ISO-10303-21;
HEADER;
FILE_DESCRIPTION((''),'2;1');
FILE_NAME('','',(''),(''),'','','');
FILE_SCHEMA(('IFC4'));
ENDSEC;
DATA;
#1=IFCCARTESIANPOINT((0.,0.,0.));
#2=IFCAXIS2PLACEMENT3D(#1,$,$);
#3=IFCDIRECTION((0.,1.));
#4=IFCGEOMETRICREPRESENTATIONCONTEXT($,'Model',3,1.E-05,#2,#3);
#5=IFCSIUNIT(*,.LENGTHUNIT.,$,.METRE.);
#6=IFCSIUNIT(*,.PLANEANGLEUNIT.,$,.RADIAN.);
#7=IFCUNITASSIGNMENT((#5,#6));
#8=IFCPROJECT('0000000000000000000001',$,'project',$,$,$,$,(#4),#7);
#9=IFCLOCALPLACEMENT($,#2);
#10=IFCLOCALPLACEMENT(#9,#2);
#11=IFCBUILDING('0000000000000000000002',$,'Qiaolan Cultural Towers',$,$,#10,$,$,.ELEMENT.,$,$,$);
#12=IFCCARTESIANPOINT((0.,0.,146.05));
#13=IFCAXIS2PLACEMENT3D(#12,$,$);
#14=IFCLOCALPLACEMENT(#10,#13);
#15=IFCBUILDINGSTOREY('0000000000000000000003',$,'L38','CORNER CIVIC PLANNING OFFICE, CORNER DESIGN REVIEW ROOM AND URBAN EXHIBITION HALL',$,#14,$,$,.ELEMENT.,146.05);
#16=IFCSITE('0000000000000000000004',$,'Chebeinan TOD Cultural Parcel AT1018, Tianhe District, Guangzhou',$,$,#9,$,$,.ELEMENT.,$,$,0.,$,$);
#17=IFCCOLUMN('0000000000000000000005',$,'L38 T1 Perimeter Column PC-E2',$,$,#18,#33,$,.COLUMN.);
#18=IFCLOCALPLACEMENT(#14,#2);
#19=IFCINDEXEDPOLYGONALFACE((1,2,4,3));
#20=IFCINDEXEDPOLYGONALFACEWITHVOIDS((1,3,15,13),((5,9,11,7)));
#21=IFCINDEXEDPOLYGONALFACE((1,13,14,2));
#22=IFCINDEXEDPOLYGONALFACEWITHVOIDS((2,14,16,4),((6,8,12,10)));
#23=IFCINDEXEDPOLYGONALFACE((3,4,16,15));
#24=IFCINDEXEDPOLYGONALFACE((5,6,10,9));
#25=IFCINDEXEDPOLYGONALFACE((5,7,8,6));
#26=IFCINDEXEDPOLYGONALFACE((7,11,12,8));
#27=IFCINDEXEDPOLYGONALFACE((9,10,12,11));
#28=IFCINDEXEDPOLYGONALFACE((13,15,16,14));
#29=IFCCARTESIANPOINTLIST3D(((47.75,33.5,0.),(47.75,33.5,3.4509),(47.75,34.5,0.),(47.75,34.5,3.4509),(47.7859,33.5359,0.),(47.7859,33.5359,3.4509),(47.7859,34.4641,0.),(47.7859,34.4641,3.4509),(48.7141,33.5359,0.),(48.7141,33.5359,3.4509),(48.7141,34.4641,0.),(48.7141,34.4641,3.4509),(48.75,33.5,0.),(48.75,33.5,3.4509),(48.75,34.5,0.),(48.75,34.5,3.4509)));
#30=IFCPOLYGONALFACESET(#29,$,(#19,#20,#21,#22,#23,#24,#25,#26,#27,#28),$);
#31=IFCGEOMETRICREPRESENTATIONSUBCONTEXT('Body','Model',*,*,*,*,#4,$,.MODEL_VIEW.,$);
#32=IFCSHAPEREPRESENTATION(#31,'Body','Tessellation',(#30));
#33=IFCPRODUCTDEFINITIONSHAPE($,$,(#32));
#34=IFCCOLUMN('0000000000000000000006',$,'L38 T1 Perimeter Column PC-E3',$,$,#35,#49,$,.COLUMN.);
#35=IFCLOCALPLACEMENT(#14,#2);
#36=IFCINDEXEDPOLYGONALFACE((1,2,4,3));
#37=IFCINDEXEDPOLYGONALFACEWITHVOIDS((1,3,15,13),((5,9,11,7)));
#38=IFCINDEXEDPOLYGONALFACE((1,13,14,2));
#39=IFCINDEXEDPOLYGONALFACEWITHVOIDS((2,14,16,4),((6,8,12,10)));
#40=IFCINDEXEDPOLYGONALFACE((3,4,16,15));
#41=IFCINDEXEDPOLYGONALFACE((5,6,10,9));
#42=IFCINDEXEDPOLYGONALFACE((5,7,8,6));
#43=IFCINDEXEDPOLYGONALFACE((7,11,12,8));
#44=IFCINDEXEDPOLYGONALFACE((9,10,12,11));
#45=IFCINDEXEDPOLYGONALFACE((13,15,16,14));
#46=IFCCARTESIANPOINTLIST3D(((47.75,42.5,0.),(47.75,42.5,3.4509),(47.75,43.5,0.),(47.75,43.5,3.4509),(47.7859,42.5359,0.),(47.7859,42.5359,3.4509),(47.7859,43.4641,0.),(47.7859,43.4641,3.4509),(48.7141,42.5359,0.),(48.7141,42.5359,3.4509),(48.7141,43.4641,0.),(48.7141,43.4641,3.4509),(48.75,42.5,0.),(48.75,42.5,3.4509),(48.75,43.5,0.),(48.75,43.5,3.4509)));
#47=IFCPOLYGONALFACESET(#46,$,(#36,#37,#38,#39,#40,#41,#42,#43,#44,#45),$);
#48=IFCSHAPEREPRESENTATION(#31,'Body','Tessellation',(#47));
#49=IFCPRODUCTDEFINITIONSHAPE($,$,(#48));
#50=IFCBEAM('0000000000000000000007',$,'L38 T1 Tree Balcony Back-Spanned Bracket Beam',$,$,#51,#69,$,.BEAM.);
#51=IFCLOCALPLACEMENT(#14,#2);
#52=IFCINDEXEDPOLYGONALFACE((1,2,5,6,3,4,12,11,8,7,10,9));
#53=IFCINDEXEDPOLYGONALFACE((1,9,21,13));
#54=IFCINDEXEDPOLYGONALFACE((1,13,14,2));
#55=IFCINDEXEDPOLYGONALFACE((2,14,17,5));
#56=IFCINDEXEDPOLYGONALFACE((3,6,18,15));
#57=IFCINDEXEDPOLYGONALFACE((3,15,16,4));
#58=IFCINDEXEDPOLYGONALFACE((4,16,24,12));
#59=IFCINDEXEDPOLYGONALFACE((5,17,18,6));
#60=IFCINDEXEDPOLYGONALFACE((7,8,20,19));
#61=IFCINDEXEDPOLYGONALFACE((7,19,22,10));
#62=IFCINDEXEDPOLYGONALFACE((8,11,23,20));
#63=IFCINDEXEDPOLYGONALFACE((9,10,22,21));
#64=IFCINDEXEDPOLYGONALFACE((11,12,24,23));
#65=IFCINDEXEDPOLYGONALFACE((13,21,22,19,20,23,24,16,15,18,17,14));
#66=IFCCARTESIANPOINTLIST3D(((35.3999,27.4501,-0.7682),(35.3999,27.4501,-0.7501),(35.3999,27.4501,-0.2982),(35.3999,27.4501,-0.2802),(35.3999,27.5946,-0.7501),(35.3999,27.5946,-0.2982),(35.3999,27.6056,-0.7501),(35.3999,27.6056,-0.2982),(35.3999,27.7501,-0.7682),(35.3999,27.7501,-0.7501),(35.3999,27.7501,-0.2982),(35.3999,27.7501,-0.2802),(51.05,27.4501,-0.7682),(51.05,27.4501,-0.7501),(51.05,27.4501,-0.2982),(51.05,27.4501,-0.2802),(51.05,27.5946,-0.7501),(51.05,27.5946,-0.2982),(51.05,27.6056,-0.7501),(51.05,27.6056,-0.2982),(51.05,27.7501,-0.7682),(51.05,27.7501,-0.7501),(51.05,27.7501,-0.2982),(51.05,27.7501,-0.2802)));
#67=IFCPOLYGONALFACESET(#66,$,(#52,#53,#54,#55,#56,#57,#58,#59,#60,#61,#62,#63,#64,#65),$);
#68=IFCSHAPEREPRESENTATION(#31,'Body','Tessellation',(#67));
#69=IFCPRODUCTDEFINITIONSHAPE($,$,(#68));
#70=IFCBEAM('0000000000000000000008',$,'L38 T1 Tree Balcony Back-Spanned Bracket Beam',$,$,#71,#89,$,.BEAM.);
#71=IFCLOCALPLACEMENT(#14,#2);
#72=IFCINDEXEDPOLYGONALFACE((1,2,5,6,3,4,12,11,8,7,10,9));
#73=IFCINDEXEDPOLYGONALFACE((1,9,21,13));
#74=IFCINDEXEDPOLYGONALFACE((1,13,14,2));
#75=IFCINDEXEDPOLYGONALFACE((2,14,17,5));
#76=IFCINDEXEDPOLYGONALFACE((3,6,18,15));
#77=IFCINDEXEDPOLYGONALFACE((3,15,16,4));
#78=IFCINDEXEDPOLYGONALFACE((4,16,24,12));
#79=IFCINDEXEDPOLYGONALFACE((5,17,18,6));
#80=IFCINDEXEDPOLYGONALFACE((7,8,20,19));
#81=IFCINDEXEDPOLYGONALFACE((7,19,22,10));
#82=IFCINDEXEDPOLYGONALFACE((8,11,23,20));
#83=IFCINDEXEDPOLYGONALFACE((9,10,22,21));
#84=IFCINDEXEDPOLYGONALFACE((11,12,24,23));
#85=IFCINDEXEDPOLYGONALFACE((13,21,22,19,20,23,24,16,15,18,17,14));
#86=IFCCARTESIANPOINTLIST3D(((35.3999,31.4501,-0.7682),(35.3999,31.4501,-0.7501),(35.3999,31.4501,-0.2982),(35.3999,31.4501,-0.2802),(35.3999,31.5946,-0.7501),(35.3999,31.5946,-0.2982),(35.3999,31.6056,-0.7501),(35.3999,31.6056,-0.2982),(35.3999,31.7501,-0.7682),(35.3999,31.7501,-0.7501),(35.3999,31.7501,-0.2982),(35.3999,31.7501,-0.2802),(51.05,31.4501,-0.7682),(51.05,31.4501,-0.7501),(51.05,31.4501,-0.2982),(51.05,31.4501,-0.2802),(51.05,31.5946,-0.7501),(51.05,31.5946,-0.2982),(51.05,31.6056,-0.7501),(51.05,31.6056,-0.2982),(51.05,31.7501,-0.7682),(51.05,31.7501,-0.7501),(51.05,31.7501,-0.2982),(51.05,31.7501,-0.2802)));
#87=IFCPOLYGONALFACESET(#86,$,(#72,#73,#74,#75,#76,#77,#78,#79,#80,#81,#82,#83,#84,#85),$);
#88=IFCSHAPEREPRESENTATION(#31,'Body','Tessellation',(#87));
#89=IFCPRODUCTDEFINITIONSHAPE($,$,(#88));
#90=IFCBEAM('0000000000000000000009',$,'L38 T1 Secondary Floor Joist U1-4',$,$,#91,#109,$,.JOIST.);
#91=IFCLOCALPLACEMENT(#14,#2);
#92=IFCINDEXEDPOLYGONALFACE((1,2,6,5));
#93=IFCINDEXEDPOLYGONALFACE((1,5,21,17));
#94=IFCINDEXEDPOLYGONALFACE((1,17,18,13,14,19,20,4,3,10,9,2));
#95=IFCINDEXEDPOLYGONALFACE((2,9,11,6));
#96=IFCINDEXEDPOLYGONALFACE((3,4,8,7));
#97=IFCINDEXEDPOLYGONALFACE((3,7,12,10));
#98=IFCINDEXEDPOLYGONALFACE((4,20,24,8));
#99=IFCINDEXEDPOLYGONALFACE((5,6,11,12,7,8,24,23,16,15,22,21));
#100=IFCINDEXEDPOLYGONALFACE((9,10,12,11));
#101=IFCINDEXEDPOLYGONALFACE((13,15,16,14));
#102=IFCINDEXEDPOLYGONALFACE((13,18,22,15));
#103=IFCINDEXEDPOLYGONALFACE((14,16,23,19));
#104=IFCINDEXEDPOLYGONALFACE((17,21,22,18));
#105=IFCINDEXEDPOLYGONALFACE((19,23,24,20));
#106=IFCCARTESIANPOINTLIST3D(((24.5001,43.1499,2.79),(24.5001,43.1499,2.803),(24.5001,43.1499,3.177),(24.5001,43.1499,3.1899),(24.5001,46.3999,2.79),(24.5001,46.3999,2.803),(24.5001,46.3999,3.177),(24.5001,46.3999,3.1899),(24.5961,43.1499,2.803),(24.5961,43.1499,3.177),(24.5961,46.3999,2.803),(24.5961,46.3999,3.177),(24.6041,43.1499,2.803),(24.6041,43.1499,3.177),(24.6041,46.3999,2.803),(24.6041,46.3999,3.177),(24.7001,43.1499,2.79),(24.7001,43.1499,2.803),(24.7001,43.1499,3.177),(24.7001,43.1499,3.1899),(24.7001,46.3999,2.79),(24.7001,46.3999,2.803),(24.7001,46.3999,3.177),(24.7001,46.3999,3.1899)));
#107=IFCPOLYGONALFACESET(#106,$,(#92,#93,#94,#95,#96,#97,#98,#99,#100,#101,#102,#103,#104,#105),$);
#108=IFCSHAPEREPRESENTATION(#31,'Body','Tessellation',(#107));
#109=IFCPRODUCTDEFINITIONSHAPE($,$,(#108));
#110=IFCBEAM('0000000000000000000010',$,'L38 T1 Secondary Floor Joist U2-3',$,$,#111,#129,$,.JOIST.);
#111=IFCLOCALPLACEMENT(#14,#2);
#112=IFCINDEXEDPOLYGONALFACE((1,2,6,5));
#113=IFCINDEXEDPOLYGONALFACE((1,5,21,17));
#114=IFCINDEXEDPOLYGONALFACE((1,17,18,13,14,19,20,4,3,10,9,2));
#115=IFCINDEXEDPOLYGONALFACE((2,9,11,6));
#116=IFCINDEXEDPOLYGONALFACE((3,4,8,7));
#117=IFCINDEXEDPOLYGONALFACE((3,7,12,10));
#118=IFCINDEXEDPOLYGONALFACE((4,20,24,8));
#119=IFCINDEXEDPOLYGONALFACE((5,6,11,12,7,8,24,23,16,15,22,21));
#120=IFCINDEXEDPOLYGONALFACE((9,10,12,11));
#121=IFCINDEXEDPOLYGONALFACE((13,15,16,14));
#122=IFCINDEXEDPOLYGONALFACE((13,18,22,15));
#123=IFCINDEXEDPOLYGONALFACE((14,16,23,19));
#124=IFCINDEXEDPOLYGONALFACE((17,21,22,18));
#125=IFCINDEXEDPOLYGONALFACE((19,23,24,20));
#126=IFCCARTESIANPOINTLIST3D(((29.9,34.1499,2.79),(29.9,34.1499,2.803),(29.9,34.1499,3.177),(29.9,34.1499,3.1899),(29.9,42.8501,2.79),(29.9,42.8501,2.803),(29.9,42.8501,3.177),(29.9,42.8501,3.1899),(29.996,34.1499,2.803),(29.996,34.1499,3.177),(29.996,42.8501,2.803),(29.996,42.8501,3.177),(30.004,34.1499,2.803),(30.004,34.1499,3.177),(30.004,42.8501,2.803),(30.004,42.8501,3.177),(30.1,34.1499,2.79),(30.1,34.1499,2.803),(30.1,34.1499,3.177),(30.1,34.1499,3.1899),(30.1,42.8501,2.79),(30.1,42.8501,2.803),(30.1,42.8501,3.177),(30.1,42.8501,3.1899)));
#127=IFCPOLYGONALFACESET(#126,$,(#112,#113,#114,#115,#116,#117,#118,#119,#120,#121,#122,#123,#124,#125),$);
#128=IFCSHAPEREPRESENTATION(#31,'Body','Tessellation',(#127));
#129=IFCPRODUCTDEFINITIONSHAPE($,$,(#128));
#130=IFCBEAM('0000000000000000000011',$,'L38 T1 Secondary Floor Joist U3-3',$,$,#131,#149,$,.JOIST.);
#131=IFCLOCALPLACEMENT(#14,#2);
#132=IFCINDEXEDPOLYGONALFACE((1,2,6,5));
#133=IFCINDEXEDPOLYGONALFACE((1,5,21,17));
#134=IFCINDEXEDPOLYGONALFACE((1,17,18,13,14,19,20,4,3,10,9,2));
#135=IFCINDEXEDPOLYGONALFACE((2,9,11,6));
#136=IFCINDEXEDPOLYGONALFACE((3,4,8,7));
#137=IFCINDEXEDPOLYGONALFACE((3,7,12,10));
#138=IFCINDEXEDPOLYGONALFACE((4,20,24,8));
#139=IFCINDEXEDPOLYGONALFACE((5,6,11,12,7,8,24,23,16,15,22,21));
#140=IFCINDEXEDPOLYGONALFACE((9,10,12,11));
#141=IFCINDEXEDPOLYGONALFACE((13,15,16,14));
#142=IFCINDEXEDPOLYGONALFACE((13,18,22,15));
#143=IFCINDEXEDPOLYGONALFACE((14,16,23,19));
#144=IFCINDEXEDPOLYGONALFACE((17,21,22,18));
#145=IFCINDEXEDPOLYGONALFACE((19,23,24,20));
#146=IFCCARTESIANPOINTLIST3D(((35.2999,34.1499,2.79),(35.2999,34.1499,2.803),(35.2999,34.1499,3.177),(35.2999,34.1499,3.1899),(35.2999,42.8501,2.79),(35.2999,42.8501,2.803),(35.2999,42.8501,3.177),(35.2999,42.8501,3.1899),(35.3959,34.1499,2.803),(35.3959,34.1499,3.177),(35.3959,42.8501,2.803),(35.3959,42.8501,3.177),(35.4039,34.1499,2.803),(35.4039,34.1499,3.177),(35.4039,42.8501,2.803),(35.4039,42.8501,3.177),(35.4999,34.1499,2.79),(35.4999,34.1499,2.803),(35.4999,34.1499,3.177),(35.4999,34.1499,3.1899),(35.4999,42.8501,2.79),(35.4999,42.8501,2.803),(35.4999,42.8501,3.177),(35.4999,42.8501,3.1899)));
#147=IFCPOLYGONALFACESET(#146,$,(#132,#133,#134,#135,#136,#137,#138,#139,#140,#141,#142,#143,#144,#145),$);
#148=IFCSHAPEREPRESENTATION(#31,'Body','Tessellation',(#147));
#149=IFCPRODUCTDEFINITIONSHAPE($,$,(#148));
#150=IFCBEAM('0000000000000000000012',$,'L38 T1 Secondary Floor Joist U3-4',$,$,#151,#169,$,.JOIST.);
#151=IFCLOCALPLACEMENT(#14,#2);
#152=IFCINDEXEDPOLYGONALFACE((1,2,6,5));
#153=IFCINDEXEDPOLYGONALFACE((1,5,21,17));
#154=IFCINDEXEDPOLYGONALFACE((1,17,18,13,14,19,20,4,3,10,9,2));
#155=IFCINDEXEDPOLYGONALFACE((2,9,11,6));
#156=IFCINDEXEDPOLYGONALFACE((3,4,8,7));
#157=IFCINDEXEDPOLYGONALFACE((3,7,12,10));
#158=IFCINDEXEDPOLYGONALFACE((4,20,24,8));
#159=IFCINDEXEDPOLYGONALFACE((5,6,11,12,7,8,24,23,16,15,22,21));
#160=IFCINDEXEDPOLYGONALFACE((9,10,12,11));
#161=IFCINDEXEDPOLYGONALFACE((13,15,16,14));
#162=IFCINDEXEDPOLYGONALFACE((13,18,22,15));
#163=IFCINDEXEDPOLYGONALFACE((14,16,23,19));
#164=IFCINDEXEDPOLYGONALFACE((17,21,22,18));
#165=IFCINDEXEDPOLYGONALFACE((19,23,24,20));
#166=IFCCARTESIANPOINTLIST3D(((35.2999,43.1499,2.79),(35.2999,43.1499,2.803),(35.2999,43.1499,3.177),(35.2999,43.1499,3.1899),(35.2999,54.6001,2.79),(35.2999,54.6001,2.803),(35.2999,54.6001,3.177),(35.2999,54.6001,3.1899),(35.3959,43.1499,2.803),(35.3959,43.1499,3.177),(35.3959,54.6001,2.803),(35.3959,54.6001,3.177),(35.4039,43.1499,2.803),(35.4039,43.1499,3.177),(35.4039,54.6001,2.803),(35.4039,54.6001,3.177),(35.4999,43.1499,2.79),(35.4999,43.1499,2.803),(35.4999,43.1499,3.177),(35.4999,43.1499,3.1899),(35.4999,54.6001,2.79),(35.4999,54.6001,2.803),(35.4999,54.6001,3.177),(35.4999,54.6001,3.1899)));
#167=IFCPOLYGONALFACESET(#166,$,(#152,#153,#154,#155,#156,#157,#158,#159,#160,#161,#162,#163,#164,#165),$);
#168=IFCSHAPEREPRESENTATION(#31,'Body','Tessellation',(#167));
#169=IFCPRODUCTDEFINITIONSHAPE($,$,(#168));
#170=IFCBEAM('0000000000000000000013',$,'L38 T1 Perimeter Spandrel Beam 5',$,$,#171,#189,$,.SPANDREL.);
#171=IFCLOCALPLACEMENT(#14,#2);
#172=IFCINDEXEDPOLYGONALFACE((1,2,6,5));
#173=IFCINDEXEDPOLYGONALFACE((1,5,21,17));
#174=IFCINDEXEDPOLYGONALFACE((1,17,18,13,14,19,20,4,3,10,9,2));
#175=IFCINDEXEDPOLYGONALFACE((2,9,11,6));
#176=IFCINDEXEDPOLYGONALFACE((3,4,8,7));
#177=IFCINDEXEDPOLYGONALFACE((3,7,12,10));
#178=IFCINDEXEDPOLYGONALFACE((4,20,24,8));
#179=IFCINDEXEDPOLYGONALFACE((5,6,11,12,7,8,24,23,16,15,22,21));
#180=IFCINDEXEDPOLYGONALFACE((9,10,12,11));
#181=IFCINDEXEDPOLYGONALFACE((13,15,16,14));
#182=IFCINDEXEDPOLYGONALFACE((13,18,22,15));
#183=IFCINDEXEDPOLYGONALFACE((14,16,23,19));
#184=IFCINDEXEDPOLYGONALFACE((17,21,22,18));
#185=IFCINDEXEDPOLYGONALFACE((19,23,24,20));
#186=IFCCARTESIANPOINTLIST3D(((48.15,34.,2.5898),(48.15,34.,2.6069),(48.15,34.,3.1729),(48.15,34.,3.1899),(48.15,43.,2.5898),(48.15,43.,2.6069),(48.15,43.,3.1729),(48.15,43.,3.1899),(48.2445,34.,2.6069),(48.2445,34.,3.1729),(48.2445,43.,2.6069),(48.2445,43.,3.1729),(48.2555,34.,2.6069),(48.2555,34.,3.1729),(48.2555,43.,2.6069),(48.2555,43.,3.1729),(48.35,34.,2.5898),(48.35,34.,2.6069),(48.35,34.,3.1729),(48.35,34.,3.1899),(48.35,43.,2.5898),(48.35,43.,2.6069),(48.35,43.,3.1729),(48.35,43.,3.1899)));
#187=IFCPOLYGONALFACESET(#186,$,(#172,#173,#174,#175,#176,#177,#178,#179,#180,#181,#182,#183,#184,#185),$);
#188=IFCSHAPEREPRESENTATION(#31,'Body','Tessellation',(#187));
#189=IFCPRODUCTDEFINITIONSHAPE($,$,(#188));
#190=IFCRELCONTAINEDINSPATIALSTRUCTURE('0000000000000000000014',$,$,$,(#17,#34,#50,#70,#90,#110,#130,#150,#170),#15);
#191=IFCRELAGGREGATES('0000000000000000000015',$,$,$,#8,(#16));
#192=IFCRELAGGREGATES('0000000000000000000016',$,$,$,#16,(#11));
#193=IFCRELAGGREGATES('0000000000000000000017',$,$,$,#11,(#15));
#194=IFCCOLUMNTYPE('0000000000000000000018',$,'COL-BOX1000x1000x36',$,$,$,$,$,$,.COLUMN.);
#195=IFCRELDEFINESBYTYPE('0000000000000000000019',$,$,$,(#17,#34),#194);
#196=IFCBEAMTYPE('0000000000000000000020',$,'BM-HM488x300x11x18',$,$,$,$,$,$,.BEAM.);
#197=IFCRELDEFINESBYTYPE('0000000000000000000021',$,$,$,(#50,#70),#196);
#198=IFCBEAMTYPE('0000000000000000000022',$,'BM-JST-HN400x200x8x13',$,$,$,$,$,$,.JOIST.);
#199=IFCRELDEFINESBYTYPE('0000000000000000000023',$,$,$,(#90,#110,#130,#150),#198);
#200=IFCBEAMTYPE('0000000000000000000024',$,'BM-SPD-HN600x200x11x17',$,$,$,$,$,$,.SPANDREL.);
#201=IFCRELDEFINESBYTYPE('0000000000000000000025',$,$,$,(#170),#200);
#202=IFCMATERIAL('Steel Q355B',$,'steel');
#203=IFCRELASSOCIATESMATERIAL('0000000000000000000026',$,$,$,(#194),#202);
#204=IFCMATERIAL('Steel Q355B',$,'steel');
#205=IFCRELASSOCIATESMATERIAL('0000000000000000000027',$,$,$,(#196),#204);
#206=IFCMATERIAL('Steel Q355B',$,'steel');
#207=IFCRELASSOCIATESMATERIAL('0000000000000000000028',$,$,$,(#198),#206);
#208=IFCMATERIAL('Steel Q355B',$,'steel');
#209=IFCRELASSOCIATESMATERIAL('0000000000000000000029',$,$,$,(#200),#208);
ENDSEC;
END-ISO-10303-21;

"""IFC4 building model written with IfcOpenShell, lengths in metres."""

from ifc_helpers import new_model, si_unit, direction, frame, origin, origin_2d, place, context, subcontext, project, spatial, hollow_rectangle, i_section, extrude, material, material_profile, profile_set, type_object, element, save


model = new_model("IFC4")

# Units and contexts
model_context = context("Model", 3, precision=1e-05, world=origin(), true_north=direction((0.0, 1.0)))
body_context = subcontext(model_context, "Body", "Model", "MODEL_VIEW")
ifc_project = project(units=[si_unit("LENGTHUNIT", "METRE"), si_unit("PLANEANGLEUNIT", "RADIAN")], contexts=[model_context])

# Site, building, storey
site_placement = place(None, origin())
site = spatial("IfcSite", under=ifc_project, at=site_placement, Name="Chebeinan TOD Cultural Parcel AT1018, Tianhe District, Guangzhou", CompositionType="ELEMENT", RefElevation=0.0)
building_placement = place(site_placement, origin())
building = spatial("IfcBuilding", under=site, at=building_placement, Name="Qiaolan Cultural Towers", CompositionType="ELEMENT")
storey_placement = place(building_placement, frame((0.0, 0.0, 146.05)))
storey = spatial("IfcBuildingStorey", under=building, at=storey_placement, Name="L38", Description="CORNER CIVIC PLANNING OFFICE, CORNER DESIGN REVIEW ROOM AND URBAN EXHIBITION HALL", CompositionType="ELEMENT", Elevation=146.05)

# Columns
ifc_material_1 = material(Name="Steel Q355B", Category="steel")
ifc_material_profile_1 = material_profile(ifc_material_1, hollow_rectangle(XDim=1.0, YDim=1.0, WallThickness=0.0359, at=origin_2d()), Name="BOX1000x1000x36")
ifc_profile_set_1 = profile_set([ifc_material_profile_1], Name="Steel Q355B")
column_type = type_object("IfcColumnType", Name="COL-BOX1000x1000x36", PredefinedType="COLUMN", material=ifc_profile_set_1)
for number, where, z_axis, x_axis, name in (
    (1, (48.25, 34.0, 0.0), (0.0, 0.0, 1.0), (1.0, 0.0, 0.0), "L38 T1 Perimeter Column PC-E2"),
    (2, (48.25, 43.0, 0.0), (0.0, 0.0, 1.0), (1.0, 0.0, 0.0), "L38 T1 Perimeter Column PC-E3"),
):
    element("IfcColumn", number, at=place(storey_placement, frame(where, z_axis=z_axis, x_axis=x_axis)), inside=storey, type_object=column_type, Name=name, PredefinedType="COLUMN", context=body_context, shape_type="SweptSolid", body=[
        extrude(hollow_rectangle(XDim=1.0, YDim=1.0, WallThickness=0.0359, at=origin_2d()), origin(), (0.0, 0.0, 1.0), 3.4509),
    ])

# Beams
ifc_material_2 = material(Name="Steel Q355B", Category="steel")
ifc_material_profile_2 = material_profile(ifc_material_2, i_section(OverallWidth=0.3, OverallDepth=0.488, WebThickness=0.011, FlangeThickness=0.0181, at=origin_2d()), Name="HM488x300x11x18")
ifc_profile_set_2 = profile_set([ifc_material_profile_2], Name="Steel Q355B")
beam_type_1 = type_object("IfcBeamType", Name="BM-HM488x300x11x18", PredefinedType="BEAM", material=ifc_profile_set_2)
for number, where, z_axis, x_axis, name in (
    (3, (35.3999, 27.6001, -0.5242), (1.0, 0.0, 0.0), (0.0, 1.0, 0.0), "L38 T1 Tree Balcony Back-Spanned Bracket Beam"),
    (4, (35.3999, 31.6001, -0.5242), (1.0, 0.0, 0.0), (0.0, 1.0, 0.0), "L38 T1 Tree Balcony Back-Spanned Bracket Beam"),
):
    element("IfcBeam", number, at=place(storey_placement, frame(where, z_axis=z_axis, x_axis=x_axis)), inside=storey, type_object=beam_type_1, Name=name, PredefinedType="BEAM", context=body_context, shape_type="SweptSolid", body=[
        extrude(i_section(OverallWidth=0.3, OverallDepth=0.488, WebThickness=0.011, FlangeThickness=0.0181, at=origin_2d()), origin(), (0.0, 0.0, 1.0), 15.6501),
    ])
ifc_material_3 = material(Name="Steel Q355B", Category="steel")
ifc_material_profile_3 = material_profile(ifc_material_3, i_section(OverallWidth=0.2, OverallDepth=0.3999, WebThickness=0.0081, FlangeThickness=0.0129, at=origin_2d()), Name="HN400x200x8x13")
ifc_profile_set_3 = profile_set([ifc_material_profile_3], Name="Steel Q355B")
beam_type_2 = type_object("IfcBeamType", Name="BM-JST-HN400x200x8x13", PredefinedType="JOIST", material=ifc_profile_set_3)
beam_1_placement = place(storey_placement, frame((24.6001, 43.1499, 2.99), z_axis=(0.0, 1.0, 0.0), x_axis=(-1.0, 0.0, 0.0)))
element("IfcBeam", 5, at=beam_1_placement, inside=storey, type_object=beam_type_2, Name="L38 T1 Secondary Floor Joist U1-4", PredefinedType="JOIST", context=body_context, shape_type="SweptSolid", body=[
    extrude(i_section(OverallWidth=0.2, OverallDepth=0.3999, WebThickness=0.0081, FlangeThickness=0.0129, at=origin_2d()), origin(), (0.0, 0.0, 1.0), 3.25),
])
for number, where, z_axis, x_axis, name in (
    (6, (30.0, 34.1499, 2.99), (0.0, 1.0, 0.0), (-1.0, 0.0, 0.0), "L38 T1 Secondary Floor Joist U2-3"),
    (7, (35.3999, 34.1499, 2.99), (0.0, 1.0, 0.0), (-1.0, 0.0, 0.0), "L38 T1 Secondary Floor Joist U3-3"),
):
    element("IfcBeam", number, at=place(storey_placement, frame(where, z_axis=z_axis, x_axis=x_axis)), inside=storey, type_object=beam_type_2, Name=name, PredefinedType="JOIST", context=body_context, shape_type="SweptSolid", body=[
        extrude(i_section(OverallWidth=0.2, OverallDepth=0.3999, WebThickness=0.0081, FlangeThickness=0.0129, at=origin_2d()), origin(), (0.0, 0.0, 1.0), 8.7002),
    ])
beam_2_placement = place(storey_placement, frame((35.3999, 43.1499, 2.99), z_axis=(0.0, 1.0, 0.0), x_axis=(-1.0, 0.0, 0.0)))
element("IfcBeam", 8, at=beam_2_placement, inside=storey, type_object=beam_type_2, Name="L38 T1 Secondary Floor Joist U3-4", PredefinedType="JOIST", context=body_context, shape_type="SweptSolid", body=[
    extrude(i_section(OverallWidth=0.2, OverallDepth=0.3999, WebThickness=0.0081, FlangeThickness=0.0129, at=origin_2d()), origin(), (0.0, 0.0, 1.0), 11.4502),
])
ifc_material_4 = material(Name="Steel Q355B", Category="steel")
ifc_material_profile_4 = material_profile(ifc_material_4, i_section(OverallWidth=0.2, OverallDepth=0.6001, WebThickness=0.011, FlangeThickness=0.0171, at=origin_2d()), Name="HN600x200x11x17")
ifc_profile_set_4 = profile_set([ifc_material_profile_4], Name="Steel Q355B")
beam_type_3 = type_object("IfcBeamType", Name="BM-SPD-HN600x200x11x17", PredefinedType="SPANDREL", material=ifc_profile_set_4)
beam_3_placement = place(storey_placement, frame((48.25, 34.0, 2.8899), z_axis=(0.0, 1.0, 0.0), x_axis=(-1.0, 0.0, 0.0)))
element("IfcBeam", 9, at=beam_3_placement, inside=storey, type_object=beam_type_3, Name="L38 T1 Perimeter Spandrel Beam 5", PredefinedType="SPANDREL", context=body_context, shape_type="SweptSolid", body=[
    extrude(i_section(OverallWidth=0.2, OverallDepth=0.6001, WebThickness=0.011, FlangeThickness=0.0171, at=origin_2d()), origin(), (0.0, 0.0, 1.0), 9.0),
])

save(model, "model.ifc")
